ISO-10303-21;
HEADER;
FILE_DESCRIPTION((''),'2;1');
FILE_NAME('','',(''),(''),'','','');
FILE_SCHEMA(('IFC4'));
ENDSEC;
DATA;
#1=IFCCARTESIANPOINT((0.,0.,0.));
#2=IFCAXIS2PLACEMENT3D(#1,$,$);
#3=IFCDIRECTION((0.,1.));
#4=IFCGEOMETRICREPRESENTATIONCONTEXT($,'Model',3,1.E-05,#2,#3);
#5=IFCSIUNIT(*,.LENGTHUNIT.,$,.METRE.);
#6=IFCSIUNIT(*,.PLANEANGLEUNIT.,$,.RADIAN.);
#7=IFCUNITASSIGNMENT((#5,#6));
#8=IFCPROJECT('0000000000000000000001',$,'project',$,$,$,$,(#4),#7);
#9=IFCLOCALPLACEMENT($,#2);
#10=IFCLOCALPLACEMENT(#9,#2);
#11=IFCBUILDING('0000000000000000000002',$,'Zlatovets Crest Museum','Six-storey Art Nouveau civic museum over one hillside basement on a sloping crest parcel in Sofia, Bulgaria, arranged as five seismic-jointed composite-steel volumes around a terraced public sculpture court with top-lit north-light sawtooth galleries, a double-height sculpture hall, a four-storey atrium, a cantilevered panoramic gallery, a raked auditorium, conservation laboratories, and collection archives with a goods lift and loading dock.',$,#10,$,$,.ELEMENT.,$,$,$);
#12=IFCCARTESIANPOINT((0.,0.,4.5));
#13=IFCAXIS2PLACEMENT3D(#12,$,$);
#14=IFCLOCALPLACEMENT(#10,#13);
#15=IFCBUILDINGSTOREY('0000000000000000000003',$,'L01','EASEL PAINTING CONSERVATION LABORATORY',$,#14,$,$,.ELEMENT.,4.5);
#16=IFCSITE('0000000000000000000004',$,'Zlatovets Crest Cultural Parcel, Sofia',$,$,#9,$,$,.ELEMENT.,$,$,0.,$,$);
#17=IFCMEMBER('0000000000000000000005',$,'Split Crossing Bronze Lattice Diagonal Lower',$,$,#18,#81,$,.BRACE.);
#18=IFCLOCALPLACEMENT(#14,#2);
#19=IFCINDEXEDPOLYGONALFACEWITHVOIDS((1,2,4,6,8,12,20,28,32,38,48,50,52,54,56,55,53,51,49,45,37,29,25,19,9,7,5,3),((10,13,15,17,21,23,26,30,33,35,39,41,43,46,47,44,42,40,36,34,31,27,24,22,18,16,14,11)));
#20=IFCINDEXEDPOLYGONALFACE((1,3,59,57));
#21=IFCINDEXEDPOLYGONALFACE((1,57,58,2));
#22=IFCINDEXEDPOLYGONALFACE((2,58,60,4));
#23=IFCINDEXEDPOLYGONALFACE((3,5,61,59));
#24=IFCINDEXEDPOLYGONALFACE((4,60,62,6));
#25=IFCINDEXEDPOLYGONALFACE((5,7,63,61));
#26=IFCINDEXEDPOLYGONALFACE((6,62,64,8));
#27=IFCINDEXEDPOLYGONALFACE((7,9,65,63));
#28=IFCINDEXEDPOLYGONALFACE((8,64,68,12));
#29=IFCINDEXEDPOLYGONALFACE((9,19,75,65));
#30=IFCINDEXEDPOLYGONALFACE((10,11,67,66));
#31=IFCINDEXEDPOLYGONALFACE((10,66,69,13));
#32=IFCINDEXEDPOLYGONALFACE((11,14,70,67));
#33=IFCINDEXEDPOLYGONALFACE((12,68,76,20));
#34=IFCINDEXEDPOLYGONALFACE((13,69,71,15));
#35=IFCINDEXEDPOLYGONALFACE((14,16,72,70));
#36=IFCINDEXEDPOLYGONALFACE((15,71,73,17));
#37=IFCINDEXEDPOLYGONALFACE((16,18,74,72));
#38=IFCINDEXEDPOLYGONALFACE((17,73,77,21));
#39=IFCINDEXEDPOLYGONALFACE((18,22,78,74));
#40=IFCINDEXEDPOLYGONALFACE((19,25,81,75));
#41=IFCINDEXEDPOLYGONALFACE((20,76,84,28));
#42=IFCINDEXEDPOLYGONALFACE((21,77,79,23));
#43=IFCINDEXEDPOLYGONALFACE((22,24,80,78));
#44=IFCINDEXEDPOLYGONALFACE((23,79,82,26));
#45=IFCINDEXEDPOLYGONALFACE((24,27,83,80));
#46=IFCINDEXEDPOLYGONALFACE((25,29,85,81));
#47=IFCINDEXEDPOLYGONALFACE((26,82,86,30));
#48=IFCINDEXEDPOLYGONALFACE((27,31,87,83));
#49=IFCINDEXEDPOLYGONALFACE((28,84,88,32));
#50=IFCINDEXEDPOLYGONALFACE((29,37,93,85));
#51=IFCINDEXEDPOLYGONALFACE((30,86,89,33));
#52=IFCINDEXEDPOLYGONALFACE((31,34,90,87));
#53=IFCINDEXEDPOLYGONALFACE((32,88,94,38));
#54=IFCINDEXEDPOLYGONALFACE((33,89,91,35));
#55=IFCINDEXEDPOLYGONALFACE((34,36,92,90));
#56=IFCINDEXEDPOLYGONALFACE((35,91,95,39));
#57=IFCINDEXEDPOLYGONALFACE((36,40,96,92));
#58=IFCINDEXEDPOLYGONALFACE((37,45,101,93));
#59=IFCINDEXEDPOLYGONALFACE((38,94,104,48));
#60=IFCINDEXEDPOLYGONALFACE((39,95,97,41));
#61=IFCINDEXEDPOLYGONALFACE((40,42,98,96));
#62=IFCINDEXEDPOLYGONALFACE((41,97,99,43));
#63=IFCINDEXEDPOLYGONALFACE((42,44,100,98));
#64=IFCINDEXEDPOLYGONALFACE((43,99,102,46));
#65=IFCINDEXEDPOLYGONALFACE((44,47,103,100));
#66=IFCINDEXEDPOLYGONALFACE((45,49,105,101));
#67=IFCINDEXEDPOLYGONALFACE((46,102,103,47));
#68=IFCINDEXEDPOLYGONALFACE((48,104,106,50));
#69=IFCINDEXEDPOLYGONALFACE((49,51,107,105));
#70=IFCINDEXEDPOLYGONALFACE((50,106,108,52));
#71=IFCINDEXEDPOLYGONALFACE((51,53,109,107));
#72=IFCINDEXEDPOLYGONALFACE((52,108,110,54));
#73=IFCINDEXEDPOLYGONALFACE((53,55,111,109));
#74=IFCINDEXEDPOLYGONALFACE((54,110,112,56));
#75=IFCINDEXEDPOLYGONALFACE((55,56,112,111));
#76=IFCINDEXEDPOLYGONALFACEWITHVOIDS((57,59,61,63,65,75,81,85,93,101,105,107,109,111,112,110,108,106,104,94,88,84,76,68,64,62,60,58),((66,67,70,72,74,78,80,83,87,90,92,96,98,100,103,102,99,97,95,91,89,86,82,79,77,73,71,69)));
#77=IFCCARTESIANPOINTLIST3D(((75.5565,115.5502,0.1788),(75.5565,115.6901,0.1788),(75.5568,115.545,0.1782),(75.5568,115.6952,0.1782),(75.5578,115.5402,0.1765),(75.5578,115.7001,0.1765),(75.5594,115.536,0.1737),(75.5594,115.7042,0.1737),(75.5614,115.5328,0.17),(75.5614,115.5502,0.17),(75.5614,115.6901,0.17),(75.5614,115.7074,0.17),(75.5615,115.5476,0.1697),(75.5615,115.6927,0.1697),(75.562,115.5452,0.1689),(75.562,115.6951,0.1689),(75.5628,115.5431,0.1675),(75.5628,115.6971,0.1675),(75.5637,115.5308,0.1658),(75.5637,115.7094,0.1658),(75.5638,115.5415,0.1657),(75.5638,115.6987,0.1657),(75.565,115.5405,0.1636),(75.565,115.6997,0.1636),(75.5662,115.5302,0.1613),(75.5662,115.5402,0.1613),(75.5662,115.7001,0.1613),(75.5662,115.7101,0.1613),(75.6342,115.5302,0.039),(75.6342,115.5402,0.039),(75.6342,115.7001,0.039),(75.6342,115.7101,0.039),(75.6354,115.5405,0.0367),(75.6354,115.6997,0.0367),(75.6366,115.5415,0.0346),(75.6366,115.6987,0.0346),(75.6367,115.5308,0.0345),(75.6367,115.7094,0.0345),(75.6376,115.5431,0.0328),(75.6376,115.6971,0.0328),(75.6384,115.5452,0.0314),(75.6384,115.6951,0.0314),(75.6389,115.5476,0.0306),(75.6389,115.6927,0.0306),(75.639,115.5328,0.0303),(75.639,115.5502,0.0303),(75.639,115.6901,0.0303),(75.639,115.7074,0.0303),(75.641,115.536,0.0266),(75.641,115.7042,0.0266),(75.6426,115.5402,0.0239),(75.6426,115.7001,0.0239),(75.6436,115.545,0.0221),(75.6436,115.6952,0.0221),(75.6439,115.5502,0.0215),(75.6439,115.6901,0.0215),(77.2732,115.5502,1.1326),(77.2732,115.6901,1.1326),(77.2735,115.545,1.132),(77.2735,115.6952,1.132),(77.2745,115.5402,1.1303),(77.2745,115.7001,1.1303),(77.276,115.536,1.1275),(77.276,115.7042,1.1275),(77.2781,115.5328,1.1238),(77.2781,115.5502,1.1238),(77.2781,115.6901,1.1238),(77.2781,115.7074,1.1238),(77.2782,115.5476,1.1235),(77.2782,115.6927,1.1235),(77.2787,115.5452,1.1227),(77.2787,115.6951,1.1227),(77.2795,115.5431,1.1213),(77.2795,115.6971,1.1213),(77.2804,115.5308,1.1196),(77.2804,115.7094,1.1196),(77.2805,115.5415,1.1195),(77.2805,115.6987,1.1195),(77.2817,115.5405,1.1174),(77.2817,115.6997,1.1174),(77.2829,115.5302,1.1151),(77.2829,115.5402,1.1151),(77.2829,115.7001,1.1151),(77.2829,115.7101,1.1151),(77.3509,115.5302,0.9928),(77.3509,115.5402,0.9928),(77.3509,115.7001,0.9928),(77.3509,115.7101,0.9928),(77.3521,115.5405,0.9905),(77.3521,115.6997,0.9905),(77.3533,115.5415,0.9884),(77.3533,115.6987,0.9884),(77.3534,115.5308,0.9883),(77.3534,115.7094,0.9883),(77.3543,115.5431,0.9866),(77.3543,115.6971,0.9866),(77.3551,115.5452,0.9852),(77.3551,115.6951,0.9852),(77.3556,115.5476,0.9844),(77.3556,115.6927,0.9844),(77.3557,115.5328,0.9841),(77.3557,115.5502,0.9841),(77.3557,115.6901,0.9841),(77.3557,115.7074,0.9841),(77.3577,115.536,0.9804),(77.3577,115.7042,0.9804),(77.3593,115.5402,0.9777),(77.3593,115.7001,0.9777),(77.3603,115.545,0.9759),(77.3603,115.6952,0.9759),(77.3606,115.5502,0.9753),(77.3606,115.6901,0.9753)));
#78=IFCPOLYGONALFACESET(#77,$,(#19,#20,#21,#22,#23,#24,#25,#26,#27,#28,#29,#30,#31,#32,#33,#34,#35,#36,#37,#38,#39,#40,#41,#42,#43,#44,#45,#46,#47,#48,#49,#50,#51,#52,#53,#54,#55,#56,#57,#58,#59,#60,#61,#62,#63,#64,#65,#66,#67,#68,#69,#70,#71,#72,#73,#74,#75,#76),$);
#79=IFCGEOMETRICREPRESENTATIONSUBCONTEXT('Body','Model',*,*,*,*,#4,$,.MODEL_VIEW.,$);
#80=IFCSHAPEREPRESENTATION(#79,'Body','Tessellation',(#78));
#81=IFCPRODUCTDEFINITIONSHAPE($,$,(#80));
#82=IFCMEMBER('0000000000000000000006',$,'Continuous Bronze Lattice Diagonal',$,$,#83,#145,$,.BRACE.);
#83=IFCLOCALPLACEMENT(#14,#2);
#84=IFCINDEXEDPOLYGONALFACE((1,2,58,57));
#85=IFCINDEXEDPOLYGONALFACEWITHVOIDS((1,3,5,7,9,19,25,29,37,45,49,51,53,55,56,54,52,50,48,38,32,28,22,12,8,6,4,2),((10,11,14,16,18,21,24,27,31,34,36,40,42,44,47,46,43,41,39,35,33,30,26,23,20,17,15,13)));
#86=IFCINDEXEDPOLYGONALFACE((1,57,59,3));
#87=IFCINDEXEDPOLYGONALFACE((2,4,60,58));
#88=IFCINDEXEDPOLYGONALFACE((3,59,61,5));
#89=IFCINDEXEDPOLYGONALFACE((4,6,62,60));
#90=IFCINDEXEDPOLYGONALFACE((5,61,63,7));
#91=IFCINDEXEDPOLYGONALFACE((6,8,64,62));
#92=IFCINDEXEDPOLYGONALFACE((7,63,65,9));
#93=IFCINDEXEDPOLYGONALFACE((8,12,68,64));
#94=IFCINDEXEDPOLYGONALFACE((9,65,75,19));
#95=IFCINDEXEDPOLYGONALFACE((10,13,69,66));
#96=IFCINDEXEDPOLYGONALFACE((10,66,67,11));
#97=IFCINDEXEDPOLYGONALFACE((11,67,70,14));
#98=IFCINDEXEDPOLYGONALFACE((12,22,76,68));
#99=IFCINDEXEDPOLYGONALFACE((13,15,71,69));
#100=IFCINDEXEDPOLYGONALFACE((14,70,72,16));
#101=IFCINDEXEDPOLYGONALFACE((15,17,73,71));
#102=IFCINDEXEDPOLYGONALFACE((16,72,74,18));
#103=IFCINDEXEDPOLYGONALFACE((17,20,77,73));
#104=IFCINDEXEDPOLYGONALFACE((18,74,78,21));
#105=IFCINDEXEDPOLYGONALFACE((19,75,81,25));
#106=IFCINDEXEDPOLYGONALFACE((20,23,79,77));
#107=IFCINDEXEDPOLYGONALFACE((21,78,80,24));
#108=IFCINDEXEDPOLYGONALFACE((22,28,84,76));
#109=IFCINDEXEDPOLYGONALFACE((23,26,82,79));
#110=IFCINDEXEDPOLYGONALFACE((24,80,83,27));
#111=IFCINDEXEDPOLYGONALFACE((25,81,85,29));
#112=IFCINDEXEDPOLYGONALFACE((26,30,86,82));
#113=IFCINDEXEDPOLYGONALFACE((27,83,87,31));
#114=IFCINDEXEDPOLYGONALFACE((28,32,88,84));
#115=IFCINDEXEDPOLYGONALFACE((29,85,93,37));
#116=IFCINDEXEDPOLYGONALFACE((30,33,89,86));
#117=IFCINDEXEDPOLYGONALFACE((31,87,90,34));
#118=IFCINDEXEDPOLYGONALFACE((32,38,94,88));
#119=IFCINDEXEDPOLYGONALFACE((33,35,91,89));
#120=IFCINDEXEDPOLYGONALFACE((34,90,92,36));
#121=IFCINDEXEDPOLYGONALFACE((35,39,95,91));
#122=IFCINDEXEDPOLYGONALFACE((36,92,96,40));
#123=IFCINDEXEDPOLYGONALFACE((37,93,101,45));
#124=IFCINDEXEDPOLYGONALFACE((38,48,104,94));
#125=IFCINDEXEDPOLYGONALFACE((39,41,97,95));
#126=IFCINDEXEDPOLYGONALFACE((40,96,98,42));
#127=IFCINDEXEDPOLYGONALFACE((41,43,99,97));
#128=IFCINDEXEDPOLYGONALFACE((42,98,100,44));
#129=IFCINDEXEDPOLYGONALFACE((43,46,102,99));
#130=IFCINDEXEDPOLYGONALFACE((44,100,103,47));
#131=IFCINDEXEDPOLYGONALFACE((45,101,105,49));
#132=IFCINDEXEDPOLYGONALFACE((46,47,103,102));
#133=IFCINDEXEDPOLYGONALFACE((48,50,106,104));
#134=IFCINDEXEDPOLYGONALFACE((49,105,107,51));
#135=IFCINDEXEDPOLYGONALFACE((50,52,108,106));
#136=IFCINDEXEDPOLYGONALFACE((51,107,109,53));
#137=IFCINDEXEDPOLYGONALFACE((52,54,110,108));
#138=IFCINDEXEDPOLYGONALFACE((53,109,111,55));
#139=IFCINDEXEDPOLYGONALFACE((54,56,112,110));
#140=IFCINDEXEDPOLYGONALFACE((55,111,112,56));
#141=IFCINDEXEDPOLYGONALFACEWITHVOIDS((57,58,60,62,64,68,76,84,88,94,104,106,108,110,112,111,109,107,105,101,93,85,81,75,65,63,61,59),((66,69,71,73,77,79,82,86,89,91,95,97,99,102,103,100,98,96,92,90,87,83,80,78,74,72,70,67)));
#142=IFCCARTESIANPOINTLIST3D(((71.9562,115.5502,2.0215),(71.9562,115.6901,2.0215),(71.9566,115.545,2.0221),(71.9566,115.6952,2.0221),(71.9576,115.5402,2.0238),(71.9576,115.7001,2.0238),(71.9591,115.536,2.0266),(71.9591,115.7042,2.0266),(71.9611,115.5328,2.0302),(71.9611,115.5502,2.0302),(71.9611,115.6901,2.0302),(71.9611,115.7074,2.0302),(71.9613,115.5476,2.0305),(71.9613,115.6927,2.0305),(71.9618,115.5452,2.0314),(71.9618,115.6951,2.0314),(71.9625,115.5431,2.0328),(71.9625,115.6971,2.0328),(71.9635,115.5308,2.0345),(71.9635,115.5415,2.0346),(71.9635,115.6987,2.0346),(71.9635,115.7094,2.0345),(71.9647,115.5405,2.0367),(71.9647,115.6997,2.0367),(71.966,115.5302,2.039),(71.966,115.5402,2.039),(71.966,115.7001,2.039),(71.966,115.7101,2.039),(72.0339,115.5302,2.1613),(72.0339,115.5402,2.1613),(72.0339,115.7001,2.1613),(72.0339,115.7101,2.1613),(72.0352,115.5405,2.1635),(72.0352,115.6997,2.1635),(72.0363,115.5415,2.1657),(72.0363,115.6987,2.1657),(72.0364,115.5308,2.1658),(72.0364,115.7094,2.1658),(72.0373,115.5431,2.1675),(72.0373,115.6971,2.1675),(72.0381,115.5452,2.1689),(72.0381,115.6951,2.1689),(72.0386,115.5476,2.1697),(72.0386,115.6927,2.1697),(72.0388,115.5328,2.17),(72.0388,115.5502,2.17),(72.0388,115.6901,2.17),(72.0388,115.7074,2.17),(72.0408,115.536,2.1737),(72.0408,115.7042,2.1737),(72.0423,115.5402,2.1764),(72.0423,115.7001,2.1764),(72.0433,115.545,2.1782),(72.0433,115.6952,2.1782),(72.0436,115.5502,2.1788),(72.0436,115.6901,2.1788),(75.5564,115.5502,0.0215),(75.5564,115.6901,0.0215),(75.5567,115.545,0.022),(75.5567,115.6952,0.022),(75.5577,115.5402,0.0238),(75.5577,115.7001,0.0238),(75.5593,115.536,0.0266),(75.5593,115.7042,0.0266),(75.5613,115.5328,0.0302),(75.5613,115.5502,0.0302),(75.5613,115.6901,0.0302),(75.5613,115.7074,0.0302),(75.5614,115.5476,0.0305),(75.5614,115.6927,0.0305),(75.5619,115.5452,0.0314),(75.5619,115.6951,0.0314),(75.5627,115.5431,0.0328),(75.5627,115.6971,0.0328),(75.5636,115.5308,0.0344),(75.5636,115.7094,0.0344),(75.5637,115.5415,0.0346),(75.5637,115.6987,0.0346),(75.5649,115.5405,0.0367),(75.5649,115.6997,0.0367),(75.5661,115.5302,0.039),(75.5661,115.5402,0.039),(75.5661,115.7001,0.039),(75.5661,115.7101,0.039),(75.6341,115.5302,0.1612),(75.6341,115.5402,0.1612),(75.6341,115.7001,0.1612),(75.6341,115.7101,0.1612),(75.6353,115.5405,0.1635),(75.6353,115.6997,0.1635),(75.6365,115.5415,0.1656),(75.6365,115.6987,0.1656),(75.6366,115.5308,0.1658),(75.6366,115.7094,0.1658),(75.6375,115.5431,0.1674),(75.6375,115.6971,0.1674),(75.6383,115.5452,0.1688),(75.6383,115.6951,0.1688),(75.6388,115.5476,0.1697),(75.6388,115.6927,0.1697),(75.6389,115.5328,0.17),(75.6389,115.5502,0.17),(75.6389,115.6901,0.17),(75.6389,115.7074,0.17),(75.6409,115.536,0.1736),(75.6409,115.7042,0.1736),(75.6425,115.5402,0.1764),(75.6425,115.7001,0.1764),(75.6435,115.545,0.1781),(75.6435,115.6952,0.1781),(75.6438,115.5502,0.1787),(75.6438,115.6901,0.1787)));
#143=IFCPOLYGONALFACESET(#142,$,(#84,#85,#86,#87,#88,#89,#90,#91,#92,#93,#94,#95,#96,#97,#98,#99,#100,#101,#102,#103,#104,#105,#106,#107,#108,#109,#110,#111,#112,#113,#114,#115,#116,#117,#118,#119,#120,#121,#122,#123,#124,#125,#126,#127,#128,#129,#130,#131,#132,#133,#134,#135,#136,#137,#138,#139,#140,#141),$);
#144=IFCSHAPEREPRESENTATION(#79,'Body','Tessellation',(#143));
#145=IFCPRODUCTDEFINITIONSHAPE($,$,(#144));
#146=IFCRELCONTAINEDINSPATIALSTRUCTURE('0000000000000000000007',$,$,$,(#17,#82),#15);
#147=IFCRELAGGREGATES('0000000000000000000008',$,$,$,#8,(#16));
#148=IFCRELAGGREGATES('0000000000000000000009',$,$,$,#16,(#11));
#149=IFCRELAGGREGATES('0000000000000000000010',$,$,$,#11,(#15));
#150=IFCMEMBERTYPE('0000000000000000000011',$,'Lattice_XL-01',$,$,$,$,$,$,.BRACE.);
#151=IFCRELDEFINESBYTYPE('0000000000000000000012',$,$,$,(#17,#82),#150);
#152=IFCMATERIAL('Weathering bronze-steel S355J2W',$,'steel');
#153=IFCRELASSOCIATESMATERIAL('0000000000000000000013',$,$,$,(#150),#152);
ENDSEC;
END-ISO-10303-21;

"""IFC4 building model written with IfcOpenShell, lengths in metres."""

from ifc_helpers import new_model, si_unit, direction, frame, origin, origin_2d, place, context, subcontext, project, spatial, hollow_rectangle, extrude, material, material_profile, profile_set, type_object, element, save


model = new_model("IFC4")

# Units and contexts
model_context = context("Model", 3, precision=1e-05, world=origin(), true_north=direction((0.0, 1.0)))
body_context = subcontext(model_context, "Body", "Model", "MODEL_VIEW")
ifc_project = project(units=[si_unit("LENGTHUNIT", "METRE"), si_unit("PLANEANGLEUNIT", "RADIAN")], contexts=[model_context])

# Site, building, storey
site_placement = place(None, origin())
site = spatial("IfcSite", under=ifc_project, at=site_placement, Name="Zlatovets Crest Cultural Parcel, Sofia", CompositionType="ELEMENT", RefElevation=0.0)
building_placement = place(site_placement, origin())
building = spatial("IfcBuilding", under=site, at=building_placement, Name="Zlatovets Crest Museum", Description="Six-storey Art Nouveau civic museum over one hillside basement on a sloping crest parcel in Sofia, Bulgaria, arranged as five seismic-jointed composite-steel volumes around a terraced public sculpture court with top-lit north-light sawtooth galleries, a double-height sculpture hall, a four-storey atrium, a cantilevered panoramic gallery, a raked auditorium, conservation laboratories, and collection archives with a goods lift and loading dock.", CompositionType="ELEMENT")
storey_placement = place(building_placement, frame((0.0, 0.0, 4.5)))
storey = spatial("IfcBuildingStorey", under=building, at=storey_placement, Name="L01", Description="EASEL PAINTING CONSERVATION LABORATORY", CompositionType="ELEMENT", Elevation=4.5)

# Members
ifc_material_1 = material(Name="Weathering bronze-steel S355J2W", Category="steel")
ifc_material_profile_1 = material_profile(ifc_material_1, hollow_rectangle(XDim=0.1799, YDim=0.1799, WallThickness=0.01, InnerFilletRadius=0.01, OuterFilletRadius=0.02, at=origin_2d()), Name="SHS 180x180x10.0")
ifc_profile_set_1 = profile_set([ifc_material_profile_1], Name="Weathering bronze-steel S355J2W")
member_type_1 = type_object("IfcMemberType", Name="Lattice_XL-01", PredefinedType="BRACE", material=ifc_profile_set_1)
member_1_placement = place(storey_placement, frame((77.3169, 115.6201, 1.054), z_axis=(-0.87414, 0.0, -0.485675), x_axis=(0.0, -1.0, 0.0)))
element("IfcMember", 1, at=member_1_placement, inside=storey, type_object=member_type_1, Name="Split Crossing Bronze Lattice Diagonal Lower", PredefinedType="BRACE", context=body_context, shape_type="SweptSolid", body=[
    extrude(hollow_rectangle(XDim=0.1799, YDim=0.1799, WallThickness=0.01, InnerFilletRadius=0.01, OuterFilletRadius=0.02, at=origin_2d()), origin(), (0.0, 0.0, 1.0), 1.9639),
])
member_2_placement = place(storey_placement, frame((75.6001, 115.6201, 0.1001), z_axis=(-0.874163, 0.0, 0.485633), x_axis=(0.0, -1.0, 0.0)))
element("IfcMember", 2, at=member_2_placement, inside=storey, type_object=member_type_1, Name="Continuous Bronze Lattice Diagonal", PredefinedType="BRACE", context=body_context, shape_type="SweptSolid", body=[
    extrude(hollow_rectangle(XDim=0.1799, YDim=0.1799, WallThickness=0.01, InnerFilletRadius=0.01, OuterFilletRadius=0.02, at=origin_2d()), origin(), (0.0, 0.0, 1.0), 4.1184),
])

save(model, "model.ifc")
